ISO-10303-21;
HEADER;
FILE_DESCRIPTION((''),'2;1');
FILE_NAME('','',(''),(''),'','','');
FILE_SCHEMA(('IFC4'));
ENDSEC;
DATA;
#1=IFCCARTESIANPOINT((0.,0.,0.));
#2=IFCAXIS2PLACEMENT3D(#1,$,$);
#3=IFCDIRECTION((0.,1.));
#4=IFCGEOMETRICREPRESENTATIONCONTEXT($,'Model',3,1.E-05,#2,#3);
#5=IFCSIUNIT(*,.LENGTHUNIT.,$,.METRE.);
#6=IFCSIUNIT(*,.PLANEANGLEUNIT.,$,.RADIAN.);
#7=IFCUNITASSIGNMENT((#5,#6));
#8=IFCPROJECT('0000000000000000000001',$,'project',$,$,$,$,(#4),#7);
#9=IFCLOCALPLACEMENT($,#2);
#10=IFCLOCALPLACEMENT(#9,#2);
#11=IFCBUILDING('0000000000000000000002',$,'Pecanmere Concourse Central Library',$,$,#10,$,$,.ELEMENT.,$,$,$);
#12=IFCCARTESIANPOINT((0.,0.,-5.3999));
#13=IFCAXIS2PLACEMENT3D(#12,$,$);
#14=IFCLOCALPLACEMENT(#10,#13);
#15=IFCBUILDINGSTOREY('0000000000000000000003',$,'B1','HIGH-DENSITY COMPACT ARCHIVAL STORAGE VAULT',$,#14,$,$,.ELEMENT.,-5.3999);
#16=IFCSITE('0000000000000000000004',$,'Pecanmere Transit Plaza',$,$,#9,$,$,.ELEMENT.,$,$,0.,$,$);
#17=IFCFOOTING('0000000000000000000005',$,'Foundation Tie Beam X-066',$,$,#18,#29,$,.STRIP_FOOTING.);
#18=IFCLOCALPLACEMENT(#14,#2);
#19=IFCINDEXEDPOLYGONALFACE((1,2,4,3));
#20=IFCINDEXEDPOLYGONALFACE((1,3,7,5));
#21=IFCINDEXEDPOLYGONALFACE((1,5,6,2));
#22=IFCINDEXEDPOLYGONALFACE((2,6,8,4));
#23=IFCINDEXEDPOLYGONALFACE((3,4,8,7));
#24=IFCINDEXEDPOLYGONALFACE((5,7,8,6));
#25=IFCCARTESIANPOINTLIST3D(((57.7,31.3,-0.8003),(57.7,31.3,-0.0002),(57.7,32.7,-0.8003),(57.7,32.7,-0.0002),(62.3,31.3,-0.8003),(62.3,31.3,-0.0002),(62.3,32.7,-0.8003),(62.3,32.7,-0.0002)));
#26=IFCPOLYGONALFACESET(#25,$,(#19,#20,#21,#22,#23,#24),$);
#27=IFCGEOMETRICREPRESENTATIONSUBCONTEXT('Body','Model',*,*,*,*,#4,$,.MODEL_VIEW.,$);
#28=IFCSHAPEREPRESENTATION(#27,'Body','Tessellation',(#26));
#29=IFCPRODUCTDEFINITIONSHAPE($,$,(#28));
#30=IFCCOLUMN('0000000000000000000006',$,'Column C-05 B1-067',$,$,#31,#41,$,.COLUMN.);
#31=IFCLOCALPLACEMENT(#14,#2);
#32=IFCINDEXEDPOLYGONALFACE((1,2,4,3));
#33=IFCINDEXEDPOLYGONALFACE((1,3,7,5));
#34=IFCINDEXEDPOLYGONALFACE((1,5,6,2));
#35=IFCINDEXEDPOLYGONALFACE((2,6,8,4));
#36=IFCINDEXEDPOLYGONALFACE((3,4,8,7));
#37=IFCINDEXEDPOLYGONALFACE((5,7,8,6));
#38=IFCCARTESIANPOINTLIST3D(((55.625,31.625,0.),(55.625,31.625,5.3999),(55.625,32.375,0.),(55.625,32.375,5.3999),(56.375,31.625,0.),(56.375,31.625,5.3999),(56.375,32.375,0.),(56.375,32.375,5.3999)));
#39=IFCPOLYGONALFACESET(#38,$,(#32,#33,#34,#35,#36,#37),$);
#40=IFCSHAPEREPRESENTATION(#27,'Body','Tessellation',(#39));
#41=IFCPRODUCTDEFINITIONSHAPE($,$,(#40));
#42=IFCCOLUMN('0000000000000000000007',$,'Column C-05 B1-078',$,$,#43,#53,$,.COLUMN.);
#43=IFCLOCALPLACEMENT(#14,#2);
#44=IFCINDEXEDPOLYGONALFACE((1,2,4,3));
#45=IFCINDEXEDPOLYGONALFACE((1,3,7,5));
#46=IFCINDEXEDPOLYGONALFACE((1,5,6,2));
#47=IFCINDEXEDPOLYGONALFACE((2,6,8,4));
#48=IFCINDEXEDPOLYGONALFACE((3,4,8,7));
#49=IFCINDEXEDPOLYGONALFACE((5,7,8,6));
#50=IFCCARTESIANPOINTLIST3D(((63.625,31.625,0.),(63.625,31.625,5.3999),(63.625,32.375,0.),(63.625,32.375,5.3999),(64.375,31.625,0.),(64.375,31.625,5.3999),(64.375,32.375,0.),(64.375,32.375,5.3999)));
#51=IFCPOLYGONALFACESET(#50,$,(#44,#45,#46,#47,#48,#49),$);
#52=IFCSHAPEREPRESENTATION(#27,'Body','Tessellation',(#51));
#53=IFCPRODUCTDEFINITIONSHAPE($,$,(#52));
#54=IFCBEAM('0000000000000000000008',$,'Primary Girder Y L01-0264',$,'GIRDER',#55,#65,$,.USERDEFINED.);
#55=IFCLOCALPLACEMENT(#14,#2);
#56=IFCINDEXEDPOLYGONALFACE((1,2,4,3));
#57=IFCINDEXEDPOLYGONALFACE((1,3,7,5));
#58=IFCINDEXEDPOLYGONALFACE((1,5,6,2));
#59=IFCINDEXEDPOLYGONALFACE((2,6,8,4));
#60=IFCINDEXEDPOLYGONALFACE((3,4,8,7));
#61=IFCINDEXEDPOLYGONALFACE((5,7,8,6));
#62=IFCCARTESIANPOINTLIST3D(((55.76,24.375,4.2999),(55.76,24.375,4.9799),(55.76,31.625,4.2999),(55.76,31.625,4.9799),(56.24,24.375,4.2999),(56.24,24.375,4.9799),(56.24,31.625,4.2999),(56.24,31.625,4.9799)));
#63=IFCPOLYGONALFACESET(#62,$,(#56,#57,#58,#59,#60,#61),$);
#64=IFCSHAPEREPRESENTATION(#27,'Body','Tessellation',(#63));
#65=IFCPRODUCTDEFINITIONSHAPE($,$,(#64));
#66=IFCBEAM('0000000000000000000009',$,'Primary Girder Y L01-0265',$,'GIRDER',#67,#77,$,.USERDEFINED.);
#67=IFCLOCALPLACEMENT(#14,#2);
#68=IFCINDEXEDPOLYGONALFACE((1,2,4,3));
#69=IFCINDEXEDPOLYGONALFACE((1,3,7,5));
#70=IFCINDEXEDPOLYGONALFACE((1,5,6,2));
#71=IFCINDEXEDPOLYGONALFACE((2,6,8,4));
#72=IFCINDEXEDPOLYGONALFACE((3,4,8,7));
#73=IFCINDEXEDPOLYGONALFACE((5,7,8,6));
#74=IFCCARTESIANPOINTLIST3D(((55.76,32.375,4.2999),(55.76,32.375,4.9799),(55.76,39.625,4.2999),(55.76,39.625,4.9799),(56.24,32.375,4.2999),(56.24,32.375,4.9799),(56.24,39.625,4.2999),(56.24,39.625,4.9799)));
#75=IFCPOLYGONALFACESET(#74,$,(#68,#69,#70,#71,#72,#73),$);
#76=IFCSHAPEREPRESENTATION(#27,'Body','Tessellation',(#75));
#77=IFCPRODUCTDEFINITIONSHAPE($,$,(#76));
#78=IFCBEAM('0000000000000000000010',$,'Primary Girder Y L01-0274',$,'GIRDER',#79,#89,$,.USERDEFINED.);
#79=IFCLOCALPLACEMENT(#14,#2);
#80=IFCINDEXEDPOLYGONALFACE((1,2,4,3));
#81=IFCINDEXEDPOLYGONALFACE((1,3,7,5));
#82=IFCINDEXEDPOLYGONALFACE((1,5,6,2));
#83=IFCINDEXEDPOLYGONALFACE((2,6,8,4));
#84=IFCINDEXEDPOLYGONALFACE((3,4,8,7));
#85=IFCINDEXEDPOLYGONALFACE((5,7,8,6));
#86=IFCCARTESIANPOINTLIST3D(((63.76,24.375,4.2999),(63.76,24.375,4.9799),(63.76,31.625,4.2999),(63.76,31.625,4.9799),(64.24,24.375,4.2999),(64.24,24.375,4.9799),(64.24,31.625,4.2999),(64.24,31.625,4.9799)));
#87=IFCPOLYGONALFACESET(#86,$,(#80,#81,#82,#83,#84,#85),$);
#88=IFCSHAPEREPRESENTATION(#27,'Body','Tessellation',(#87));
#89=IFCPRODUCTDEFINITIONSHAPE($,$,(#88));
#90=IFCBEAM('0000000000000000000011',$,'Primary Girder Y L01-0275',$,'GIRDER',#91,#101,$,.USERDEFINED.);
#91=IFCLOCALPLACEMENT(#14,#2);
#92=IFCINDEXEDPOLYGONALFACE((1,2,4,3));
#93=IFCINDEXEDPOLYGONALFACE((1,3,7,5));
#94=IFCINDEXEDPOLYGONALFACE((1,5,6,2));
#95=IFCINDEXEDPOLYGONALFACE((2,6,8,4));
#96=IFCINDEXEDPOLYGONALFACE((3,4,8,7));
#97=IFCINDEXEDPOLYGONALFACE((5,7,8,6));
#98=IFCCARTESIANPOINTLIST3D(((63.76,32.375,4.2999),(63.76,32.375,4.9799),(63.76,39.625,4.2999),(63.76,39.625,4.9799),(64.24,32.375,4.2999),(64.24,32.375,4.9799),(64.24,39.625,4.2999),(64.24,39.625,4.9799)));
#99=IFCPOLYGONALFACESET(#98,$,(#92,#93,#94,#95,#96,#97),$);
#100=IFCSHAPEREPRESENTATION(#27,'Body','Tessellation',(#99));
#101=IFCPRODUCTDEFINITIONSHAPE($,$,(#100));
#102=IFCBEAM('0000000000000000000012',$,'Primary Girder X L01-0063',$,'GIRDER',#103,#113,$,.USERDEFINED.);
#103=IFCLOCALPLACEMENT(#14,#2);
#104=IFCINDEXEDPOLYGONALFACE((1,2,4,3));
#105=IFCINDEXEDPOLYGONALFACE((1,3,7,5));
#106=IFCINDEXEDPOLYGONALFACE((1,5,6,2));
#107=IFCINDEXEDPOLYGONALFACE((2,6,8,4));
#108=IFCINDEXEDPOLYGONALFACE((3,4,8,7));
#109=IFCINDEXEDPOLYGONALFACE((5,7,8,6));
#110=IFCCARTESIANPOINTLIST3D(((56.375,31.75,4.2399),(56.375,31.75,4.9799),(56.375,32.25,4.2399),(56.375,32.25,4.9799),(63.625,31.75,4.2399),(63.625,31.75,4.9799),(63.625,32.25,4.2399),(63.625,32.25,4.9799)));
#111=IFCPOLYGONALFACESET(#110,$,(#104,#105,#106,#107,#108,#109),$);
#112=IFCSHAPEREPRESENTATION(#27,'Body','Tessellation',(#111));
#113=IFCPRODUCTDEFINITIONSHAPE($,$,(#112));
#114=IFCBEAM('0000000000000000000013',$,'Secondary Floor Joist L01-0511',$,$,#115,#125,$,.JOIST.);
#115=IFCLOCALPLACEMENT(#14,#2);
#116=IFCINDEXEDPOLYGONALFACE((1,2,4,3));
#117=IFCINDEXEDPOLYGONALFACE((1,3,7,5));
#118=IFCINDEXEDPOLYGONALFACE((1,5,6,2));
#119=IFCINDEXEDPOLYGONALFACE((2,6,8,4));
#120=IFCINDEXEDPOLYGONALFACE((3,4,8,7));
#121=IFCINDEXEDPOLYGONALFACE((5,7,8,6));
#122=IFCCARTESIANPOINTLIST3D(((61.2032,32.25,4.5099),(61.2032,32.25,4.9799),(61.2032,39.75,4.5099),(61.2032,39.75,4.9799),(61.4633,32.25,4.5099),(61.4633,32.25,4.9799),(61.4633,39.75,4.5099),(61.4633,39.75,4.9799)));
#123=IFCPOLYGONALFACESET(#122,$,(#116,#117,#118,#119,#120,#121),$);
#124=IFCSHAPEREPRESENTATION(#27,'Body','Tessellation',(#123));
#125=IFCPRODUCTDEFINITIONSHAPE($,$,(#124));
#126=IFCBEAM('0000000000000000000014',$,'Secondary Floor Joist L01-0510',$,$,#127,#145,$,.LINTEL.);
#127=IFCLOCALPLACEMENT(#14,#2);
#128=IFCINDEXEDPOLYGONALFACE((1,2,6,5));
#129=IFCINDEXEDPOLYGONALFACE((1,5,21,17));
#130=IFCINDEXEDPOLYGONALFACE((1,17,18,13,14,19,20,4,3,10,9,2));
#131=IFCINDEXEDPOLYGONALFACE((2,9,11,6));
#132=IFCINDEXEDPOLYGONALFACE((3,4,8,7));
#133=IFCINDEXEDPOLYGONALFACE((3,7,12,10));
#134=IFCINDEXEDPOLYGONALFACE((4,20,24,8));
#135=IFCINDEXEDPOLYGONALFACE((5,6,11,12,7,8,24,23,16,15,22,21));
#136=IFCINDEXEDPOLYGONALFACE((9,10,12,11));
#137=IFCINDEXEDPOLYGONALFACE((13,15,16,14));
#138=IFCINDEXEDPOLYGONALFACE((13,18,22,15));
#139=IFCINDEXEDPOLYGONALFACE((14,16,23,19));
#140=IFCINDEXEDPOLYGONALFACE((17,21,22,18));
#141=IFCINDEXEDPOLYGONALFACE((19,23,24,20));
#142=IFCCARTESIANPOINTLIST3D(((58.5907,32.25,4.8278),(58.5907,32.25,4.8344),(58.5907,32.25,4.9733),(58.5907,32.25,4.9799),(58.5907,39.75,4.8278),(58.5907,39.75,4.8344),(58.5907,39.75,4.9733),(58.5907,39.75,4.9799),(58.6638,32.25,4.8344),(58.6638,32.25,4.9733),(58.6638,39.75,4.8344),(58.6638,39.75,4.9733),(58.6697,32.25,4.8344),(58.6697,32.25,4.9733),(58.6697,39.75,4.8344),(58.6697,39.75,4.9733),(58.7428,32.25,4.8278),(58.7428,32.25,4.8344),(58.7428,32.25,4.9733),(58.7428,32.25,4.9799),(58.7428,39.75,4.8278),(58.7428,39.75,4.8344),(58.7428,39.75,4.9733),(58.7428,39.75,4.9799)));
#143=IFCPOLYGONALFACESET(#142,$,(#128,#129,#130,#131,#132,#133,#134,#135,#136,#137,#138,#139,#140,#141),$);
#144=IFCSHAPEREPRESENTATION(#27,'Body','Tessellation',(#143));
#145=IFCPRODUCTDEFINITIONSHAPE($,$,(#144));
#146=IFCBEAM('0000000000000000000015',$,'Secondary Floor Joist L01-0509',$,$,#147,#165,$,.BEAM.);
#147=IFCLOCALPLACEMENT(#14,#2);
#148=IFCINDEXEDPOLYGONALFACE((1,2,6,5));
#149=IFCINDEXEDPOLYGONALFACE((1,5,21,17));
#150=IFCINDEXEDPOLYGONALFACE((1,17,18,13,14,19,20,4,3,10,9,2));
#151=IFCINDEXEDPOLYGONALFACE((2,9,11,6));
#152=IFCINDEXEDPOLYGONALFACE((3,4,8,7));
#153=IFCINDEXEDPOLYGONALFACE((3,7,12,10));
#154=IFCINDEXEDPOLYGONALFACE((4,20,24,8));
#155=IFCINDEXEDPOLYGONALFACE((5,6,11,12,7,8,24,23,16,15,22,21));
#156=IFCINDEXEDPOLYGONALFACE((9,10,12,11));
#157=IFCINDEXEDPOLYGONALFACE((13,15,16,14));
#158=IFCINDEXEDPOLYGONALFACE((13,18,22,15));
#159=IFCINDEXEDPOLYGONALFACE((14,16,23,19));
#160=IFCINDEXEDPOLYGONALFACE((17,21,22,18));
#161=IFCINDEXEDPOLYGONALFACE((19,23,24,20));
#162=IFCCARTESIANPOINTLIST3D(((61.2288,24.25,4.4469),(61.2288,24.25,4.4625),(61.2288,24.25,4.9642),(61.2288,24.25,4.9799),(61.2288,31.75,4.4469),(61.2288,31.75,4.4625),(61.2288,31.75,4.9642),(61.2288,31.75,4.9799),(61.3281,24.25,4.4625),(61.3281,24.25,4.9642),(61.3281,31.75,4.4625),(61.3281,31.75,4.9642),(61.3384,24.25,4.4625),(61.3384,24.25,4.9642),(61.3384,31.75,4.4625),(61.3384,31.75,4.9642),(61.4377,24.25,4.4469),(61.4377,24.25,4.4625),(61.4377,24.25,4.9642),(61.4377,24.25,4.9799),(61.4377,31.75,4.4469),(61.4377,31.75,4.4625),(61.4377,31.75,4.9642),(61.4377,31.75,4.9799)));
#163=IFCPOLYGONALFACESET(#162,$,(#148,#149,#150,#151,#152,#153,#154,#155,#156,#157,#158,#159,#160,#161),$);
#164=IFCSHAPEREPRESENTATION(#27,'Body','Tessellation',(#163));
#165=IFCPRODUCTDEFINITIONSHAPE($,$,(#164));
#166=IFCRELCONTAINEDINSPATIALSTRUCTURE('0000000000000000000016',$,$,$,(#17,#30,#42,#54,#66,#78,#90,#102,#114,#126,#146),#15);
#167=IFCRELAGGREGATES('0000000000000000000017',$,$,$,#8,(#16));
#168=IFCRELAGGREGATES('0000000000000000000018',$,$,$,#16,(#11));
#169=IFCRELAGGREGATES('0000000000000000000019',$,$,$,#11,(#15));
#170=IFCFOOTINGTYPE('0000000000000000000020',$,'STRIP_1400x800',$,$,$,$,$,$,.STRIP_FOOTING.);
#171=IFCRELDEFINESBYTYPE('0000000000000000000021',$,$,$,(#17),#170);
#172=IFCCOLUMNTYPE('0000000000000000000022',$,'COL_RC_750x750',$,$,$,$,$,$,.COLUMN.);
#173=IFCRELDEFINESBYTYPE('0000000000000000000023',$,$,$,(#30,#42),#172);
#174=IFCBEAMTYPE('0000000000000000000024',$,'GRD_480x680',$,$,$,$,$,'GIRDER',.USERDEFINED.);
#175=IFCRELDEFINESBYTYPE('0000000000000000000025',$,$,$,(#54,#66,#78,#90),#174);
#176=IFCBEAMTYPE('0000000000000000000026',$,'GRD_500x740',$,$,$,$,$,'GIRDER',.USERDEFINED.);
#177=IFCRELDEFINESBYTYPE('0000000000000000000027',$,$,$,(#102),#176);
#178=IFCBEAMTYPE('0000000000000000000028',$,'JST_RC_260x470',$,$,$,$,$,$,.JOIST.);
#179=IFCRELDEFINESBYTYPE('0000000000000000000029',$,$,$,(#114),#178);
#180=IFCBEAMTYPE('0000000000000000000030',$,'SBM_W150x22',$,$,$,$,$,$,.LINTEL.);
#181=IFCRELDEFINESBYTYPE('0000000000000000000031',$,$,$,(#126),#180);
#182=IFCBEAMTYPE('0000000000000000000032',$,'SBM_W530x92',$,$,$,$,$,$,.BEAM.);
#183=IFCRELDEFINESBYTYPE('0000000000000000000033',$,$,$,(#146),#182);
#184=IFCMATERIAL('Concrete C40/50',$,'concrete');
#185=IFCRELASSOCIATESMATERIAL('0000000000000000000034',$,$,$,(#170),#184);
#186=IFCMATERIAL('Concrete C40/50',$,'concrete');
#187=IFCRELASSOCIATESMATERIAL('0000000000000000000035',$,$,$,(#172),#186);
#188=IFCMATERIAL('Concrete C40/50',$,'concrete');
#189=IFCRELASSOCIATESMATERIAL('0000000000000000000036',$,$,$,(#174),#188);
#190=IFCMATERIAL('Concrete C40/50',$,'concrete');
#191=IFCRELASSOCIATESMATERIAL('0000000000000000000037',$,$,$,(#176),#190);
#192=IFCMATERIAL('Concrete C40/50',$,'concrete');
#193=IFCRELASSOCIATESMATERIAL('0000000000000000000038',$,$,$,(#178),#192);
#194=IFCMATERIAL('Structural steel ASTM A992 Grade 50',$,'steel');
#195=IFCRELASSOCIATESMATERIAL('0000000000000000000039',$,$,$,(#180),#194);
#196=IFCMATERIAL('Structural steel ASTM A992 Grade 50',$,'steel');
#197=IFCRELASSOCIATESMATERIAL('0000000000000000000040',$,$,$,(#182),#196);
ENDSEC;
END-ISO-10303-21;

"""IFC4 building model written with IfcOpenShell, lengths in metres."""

from ifc_helpers import new_model, si_unit, direction, frame, origin, origin_2d, place, context, subcontext, project, spatial, rectangle, i_section, extrude, material, material_profile, profile_set, type_object, element, save


model = new_model("IFC4")

# Units and contexts
model_context = context("Model", 3, precision=1e-05, world=origin(), true_north=direction((0.0, 1.0)))
body_context = subcontext(model_context, "Body", "Model", "MODEL_VIEW")
ifc_project = project(units=[si_unit("LENGTHUNIT", "METRE"), si_unit("PLANEANGLEUNIT", "RADIAN")], contexts=[model_context])

# Site, building, storey
site_placement = place(None, origin())
site = spatial("IfcSite", under=ifc_project, at=site_placement, Name="Pecanmere Transit Plaza", CompositionType="ELEMENT", RefElevation=0.0)
building_placement = place(site_placement, origin())
building = spatial("IfcBuilding", under=site, at=building_placement, Name="Pecanmere Concourse Central Library", CompositionType="ELEMENT")
storey_placement = place(building_placement, frame((0.0, 0.0, -5.3999)))
storey = spatial("IfcBuildingStorey", under=building, at=storey_placement, Name="B1", Description="HIGH-DENSITY COMPACT ARCHIVAL STORAGE VAULT", CompositionType="ELEMENT", Elevation=-5.3999)

# Footing
ifc_material_1 = material(Name="Concrete C40/50", Category="concrete")
ifc_material_profile_1 = material_profile(ifc_material_1, rectangle(XDim=1.3999, YDim=0.8, at=origin_2d()), Name="RC 1400x800")
ifc_profile_set_1 = profile_set([ifc_material_profile_1], Name="Concrete C40/50")
footing_type_1 = type_object("IfcFootingType", Name="STRIP_1400x800", PredefinedType="STRIP_FOOTING", material=ifc_profile_set_1)
footing_placement = place(storey_placement, frame((60.0, 32.0, -0.8003), z_axis=(0.0, 0.0, 1.0), x_axis=(1.0, 0.0, 0.0)))
element("IfcFooting", 1, at=footing_placement, inside=storey, type_object=footing_type_1, Name="Foundation Tie Beam X-066", PredefinedType="STRIP_FOOTING", context=body_context, shape_type="SweptSolid", body=[
    extrude(rectangle(XDim=4.6001, YDim=1.3999, at=origin_2d()), origin(), (0.0, 0.0, 1.0), 0.8),
])

# Columns
ifc_material_2 = material(Name="Concrete C40/50", Category="concrete")
ifc_material_profile_2 = material_profile(ifc_material_2, rectangle(XDim=0.75, YDim=0.75, at=origin_2d()), Name="RC 750x750")
ifc_profile_set_2 = profile_set([ifc_material_profile_2], Name="Concrete C40/50")
column_type = type_object("IfcColumnType", Name="COL_RC_750x750", PredefinedType="COLUMN", material=ifc_profile_set_2)
for number, where, z_axis, x_axis, name in (
    (2, (56.0, 32.0, 0.0), (0.0, 0.0, 1.0), (1.0, 0.0, 0.0), "Column C-05 B1-067"),
    (3, (64.0, 32.0, 0.0), (0.0, 0.0, 1.0), (1.0, 0.0, 0.0), "Column C-05 B1-078"),
):
    element("IfcColumn", number, at=place(storey_placement, frame(where, z_axis=z_axis, x_axis=x_axis)), inside=storey, type_object=column_type, Name=name, PredefinedType="COLUMN", context=body_context, shape_type="SweptSolid", body=[
        extrude(rectangle(XDim=0.75, YDim=0.75, at=origin_2d()), origin(), (0.0, 0.0, 1.0), 5.3999),
    ])

# Beams
ifc_material_3 = material(Name="Concrete C40/50", Category="concrete")
ifc_material_profile_3 = material_profile(ifc_material_3, rectangle(XDim=0.48, YDim=0.6799, at=origin_2d()), Name="RC 480x680")
ifc_profile_set_3 = profile_set([ifc_material_profile_3], Name="Concrete C40/50")
beam_type_1 = type_object("IfcBeamType", Name="GRD_480x680", ElementType="GIRDER", PredefinedType="USERDEFINED", material=ifc_profile_set_3)
for number, where, z_axis, x_axis, name in (
    (4, (56.0, 24.375, 4.6399), (0.0, 1.0, 0.0), (-1.0, 0.0, 0.0), "Primary Girder Y L01-0264"),
    (5, (56.0, 32.375, 4.6399), (0.0, 1.0, 0.0), (-1.0, 0.0, 0.0), "Primary Girder Y L01-0265"),
    (6, (64.0, 24.375, 4.6399), (0.0, 1.0, 0.0), (-1.0, 0.0, 0.0), "Primary Girder Y L01-0274"),
    (7, (64.0, 32.375, 4.6399), (0.0, 1.0, 0.0), (-1.0, 0.0, 0.0), "Primary Girder Y L01-0275"),
):
    element("IfcBeam", number, at=place(storey_placement, frame(where, z_axis=z_axis, x_axis=x_axis)), inside=storey, type_object=beam_type_1, Name=name, ObjectType="GIRDER", PredefinedType="USERDEFINED", context=body_context, shape_type="SweptSolid", body=[
        extrude(rectangle(XDim=0.48, YDim=0.6799, at=origin_2d()), origin(), (0.0, 0.0, 1.0), 7.25),
    ])
ifc_material_4 = material(Name="Concrete C40/50", Category="concrete")
ifc_material_profile_4 = material_profile(ifc_material_4, rectangle(XDim=0.5, YDim=0.74, at=origin_2d()), Name="RC 500x740")
ifc_profile_set_4 = profile_set([ifc_material_profile_4], Name="Concrete C40/50")
beam_type_2 = type_object("IfcBeamType", Name="GRD_500x740", ElementType="GIRDER", PredefinedType="USERDEFINED", material=ifc_profile_set_4)
beam_1_placement = place(storey_placement, frame((56.375, 32.0, 4.6099), z_axis=(1.0, 0.0, 0.0), x_axis=(0.0, 1.0, 0.0)))
element("IfcBeam", 8, at=beam_1_placement, inside=storey, type_object=beam_type_2, Name="Primary Girder X L01-0063", ObjectType="GIRDER", PredefinedType="USERDEFINED", context=body_context, shape_type="SweptSolid", body=[
    extrude(rectangle(XDim=0.5, YDim=0.74, at=origin_2d()), origin(), (0.0, 0.0, 1.0), 7.25),
])
ifc_material_5 = material(Name="Concrete C40/50", Category="concrete")
ifc_material_profile_5 = material_profile(ifc_material_5, rectangle(XDim=0.26, YDim=0.47, at=origin_2d()), Name="RC 260x470")
ifc_profile_set_5 = profile_set([ifc_material_profile_5], Name="Concrete C40/50")
beam_type_3 = type_object("IfcBeamType", Name="JST_RC_260x470", PredefinedType="JOIST", material=ifc_profile_set_5)
beam_2_placement = place(storey_placement, frame((61.3333, 32.25, 4.7449), z_axis=(0.0, 1.0, 0.0), x_axis=(-1.0, 0.0, 0.0)))
element("IfcBeam", 9, at=beam_2_placement, inside=storey, type_object=beam_type_3, Name="Secondary Floor Joist L01-0511", PredefinedType="JOIST", context=body_context, shape_type="SweptSolid", body=[
    extrude(rectangle(XDim=0.26, YDim=0.47, at=origin_2d()), origin(), (0.0, 0.0, 1.0), 7.5),
])
ifc_material_6 = material(Name="Structural steel ASTM A992 Grade 50", Category="steel")
ifc_material_profile_6 = material_profile(ifc_material_6, i_section(OverallWidth=0.1521, OverallDepth=0.1521, WebThickness=0.0059, FlangeThickness=0.0066, at=origin_2d()), Name="W150x22.5")
ifc_profile_set_6 = profile_set([ifc_material_profile_6], Name="Structural steel ASTM A992 Grade 50")
beam_type_4 = type_object("IfcBeamType", Name="SBM_W150x22", PredefinedType="LINTEL", material=ifc_profile_set_6)
beam_3_placement = place(storey_placement, frame((58.6667, 32.25, 4.9038), z_axis=(0.0, 1.0, 0.0), x_axis=(-1.0, 0.0, 0.0)))
element("IfcBeam", 10, at=beam_3_placement, inside=storey, type_object=beam_type_4, Name="Secondary Floor Joist L01-0510", PredefinedType="LINTEL", context=body_context, shape_type="SweptSolid", body=[
    extrude(i_section(OverallWidth=0.1521, OverallDepth=0.1521, WebThickness=0.0059, FlangeThickness=0.0066, at=origin_2d()), origin(), (0.0, 0.0, 1.0), 7.5),
])
ifc_material_7 = material(Name="Structural steel ASTM A992 Grade 50", Category="steel")
ifc_material_profile_7 = material_profile(ifc_material_7, i_section(OverallWidth=0.209, OverallDepth=0.533, WebThickness=0.0103, FlangeThickness=0.0156, at=origin_2d()), Name="W530x92")
ifc_profile_set_7 = profile_set([ifc_material_profile_7], Name="Structural steel ASTM A992 Grade 50")
beam_type_5 = type_object("IfcBeamType", Name="SBM_W530x92", PredefinedType="BEAM", material=ifc_profile_set_7)
beam_4_placement = place(storey_placement, frame((61.3333, 24.25, 4.7134), z_axis=(0.0, 1.0, 0.0), x_axis=(-1.0, 0.0, 0.0)))
element("IfcBeam", 11, at=beam_4_placement, inside=storey, type_object=beam_type_5, Name="Secondary Floor Joist L01-0509", PredefinedType="BEAM", context=body_context, shape_type="SweptSolid", body=[
    extrude(i_section(OverallWidth=0.209, OverallDepth=0.533, WebThickness=0.0103, FlangeThickness=0.0156, at=origin_2d()), origin(), (0.0, 0.0, 1.0), 7.5),
])

save(model, "model.ifc")
